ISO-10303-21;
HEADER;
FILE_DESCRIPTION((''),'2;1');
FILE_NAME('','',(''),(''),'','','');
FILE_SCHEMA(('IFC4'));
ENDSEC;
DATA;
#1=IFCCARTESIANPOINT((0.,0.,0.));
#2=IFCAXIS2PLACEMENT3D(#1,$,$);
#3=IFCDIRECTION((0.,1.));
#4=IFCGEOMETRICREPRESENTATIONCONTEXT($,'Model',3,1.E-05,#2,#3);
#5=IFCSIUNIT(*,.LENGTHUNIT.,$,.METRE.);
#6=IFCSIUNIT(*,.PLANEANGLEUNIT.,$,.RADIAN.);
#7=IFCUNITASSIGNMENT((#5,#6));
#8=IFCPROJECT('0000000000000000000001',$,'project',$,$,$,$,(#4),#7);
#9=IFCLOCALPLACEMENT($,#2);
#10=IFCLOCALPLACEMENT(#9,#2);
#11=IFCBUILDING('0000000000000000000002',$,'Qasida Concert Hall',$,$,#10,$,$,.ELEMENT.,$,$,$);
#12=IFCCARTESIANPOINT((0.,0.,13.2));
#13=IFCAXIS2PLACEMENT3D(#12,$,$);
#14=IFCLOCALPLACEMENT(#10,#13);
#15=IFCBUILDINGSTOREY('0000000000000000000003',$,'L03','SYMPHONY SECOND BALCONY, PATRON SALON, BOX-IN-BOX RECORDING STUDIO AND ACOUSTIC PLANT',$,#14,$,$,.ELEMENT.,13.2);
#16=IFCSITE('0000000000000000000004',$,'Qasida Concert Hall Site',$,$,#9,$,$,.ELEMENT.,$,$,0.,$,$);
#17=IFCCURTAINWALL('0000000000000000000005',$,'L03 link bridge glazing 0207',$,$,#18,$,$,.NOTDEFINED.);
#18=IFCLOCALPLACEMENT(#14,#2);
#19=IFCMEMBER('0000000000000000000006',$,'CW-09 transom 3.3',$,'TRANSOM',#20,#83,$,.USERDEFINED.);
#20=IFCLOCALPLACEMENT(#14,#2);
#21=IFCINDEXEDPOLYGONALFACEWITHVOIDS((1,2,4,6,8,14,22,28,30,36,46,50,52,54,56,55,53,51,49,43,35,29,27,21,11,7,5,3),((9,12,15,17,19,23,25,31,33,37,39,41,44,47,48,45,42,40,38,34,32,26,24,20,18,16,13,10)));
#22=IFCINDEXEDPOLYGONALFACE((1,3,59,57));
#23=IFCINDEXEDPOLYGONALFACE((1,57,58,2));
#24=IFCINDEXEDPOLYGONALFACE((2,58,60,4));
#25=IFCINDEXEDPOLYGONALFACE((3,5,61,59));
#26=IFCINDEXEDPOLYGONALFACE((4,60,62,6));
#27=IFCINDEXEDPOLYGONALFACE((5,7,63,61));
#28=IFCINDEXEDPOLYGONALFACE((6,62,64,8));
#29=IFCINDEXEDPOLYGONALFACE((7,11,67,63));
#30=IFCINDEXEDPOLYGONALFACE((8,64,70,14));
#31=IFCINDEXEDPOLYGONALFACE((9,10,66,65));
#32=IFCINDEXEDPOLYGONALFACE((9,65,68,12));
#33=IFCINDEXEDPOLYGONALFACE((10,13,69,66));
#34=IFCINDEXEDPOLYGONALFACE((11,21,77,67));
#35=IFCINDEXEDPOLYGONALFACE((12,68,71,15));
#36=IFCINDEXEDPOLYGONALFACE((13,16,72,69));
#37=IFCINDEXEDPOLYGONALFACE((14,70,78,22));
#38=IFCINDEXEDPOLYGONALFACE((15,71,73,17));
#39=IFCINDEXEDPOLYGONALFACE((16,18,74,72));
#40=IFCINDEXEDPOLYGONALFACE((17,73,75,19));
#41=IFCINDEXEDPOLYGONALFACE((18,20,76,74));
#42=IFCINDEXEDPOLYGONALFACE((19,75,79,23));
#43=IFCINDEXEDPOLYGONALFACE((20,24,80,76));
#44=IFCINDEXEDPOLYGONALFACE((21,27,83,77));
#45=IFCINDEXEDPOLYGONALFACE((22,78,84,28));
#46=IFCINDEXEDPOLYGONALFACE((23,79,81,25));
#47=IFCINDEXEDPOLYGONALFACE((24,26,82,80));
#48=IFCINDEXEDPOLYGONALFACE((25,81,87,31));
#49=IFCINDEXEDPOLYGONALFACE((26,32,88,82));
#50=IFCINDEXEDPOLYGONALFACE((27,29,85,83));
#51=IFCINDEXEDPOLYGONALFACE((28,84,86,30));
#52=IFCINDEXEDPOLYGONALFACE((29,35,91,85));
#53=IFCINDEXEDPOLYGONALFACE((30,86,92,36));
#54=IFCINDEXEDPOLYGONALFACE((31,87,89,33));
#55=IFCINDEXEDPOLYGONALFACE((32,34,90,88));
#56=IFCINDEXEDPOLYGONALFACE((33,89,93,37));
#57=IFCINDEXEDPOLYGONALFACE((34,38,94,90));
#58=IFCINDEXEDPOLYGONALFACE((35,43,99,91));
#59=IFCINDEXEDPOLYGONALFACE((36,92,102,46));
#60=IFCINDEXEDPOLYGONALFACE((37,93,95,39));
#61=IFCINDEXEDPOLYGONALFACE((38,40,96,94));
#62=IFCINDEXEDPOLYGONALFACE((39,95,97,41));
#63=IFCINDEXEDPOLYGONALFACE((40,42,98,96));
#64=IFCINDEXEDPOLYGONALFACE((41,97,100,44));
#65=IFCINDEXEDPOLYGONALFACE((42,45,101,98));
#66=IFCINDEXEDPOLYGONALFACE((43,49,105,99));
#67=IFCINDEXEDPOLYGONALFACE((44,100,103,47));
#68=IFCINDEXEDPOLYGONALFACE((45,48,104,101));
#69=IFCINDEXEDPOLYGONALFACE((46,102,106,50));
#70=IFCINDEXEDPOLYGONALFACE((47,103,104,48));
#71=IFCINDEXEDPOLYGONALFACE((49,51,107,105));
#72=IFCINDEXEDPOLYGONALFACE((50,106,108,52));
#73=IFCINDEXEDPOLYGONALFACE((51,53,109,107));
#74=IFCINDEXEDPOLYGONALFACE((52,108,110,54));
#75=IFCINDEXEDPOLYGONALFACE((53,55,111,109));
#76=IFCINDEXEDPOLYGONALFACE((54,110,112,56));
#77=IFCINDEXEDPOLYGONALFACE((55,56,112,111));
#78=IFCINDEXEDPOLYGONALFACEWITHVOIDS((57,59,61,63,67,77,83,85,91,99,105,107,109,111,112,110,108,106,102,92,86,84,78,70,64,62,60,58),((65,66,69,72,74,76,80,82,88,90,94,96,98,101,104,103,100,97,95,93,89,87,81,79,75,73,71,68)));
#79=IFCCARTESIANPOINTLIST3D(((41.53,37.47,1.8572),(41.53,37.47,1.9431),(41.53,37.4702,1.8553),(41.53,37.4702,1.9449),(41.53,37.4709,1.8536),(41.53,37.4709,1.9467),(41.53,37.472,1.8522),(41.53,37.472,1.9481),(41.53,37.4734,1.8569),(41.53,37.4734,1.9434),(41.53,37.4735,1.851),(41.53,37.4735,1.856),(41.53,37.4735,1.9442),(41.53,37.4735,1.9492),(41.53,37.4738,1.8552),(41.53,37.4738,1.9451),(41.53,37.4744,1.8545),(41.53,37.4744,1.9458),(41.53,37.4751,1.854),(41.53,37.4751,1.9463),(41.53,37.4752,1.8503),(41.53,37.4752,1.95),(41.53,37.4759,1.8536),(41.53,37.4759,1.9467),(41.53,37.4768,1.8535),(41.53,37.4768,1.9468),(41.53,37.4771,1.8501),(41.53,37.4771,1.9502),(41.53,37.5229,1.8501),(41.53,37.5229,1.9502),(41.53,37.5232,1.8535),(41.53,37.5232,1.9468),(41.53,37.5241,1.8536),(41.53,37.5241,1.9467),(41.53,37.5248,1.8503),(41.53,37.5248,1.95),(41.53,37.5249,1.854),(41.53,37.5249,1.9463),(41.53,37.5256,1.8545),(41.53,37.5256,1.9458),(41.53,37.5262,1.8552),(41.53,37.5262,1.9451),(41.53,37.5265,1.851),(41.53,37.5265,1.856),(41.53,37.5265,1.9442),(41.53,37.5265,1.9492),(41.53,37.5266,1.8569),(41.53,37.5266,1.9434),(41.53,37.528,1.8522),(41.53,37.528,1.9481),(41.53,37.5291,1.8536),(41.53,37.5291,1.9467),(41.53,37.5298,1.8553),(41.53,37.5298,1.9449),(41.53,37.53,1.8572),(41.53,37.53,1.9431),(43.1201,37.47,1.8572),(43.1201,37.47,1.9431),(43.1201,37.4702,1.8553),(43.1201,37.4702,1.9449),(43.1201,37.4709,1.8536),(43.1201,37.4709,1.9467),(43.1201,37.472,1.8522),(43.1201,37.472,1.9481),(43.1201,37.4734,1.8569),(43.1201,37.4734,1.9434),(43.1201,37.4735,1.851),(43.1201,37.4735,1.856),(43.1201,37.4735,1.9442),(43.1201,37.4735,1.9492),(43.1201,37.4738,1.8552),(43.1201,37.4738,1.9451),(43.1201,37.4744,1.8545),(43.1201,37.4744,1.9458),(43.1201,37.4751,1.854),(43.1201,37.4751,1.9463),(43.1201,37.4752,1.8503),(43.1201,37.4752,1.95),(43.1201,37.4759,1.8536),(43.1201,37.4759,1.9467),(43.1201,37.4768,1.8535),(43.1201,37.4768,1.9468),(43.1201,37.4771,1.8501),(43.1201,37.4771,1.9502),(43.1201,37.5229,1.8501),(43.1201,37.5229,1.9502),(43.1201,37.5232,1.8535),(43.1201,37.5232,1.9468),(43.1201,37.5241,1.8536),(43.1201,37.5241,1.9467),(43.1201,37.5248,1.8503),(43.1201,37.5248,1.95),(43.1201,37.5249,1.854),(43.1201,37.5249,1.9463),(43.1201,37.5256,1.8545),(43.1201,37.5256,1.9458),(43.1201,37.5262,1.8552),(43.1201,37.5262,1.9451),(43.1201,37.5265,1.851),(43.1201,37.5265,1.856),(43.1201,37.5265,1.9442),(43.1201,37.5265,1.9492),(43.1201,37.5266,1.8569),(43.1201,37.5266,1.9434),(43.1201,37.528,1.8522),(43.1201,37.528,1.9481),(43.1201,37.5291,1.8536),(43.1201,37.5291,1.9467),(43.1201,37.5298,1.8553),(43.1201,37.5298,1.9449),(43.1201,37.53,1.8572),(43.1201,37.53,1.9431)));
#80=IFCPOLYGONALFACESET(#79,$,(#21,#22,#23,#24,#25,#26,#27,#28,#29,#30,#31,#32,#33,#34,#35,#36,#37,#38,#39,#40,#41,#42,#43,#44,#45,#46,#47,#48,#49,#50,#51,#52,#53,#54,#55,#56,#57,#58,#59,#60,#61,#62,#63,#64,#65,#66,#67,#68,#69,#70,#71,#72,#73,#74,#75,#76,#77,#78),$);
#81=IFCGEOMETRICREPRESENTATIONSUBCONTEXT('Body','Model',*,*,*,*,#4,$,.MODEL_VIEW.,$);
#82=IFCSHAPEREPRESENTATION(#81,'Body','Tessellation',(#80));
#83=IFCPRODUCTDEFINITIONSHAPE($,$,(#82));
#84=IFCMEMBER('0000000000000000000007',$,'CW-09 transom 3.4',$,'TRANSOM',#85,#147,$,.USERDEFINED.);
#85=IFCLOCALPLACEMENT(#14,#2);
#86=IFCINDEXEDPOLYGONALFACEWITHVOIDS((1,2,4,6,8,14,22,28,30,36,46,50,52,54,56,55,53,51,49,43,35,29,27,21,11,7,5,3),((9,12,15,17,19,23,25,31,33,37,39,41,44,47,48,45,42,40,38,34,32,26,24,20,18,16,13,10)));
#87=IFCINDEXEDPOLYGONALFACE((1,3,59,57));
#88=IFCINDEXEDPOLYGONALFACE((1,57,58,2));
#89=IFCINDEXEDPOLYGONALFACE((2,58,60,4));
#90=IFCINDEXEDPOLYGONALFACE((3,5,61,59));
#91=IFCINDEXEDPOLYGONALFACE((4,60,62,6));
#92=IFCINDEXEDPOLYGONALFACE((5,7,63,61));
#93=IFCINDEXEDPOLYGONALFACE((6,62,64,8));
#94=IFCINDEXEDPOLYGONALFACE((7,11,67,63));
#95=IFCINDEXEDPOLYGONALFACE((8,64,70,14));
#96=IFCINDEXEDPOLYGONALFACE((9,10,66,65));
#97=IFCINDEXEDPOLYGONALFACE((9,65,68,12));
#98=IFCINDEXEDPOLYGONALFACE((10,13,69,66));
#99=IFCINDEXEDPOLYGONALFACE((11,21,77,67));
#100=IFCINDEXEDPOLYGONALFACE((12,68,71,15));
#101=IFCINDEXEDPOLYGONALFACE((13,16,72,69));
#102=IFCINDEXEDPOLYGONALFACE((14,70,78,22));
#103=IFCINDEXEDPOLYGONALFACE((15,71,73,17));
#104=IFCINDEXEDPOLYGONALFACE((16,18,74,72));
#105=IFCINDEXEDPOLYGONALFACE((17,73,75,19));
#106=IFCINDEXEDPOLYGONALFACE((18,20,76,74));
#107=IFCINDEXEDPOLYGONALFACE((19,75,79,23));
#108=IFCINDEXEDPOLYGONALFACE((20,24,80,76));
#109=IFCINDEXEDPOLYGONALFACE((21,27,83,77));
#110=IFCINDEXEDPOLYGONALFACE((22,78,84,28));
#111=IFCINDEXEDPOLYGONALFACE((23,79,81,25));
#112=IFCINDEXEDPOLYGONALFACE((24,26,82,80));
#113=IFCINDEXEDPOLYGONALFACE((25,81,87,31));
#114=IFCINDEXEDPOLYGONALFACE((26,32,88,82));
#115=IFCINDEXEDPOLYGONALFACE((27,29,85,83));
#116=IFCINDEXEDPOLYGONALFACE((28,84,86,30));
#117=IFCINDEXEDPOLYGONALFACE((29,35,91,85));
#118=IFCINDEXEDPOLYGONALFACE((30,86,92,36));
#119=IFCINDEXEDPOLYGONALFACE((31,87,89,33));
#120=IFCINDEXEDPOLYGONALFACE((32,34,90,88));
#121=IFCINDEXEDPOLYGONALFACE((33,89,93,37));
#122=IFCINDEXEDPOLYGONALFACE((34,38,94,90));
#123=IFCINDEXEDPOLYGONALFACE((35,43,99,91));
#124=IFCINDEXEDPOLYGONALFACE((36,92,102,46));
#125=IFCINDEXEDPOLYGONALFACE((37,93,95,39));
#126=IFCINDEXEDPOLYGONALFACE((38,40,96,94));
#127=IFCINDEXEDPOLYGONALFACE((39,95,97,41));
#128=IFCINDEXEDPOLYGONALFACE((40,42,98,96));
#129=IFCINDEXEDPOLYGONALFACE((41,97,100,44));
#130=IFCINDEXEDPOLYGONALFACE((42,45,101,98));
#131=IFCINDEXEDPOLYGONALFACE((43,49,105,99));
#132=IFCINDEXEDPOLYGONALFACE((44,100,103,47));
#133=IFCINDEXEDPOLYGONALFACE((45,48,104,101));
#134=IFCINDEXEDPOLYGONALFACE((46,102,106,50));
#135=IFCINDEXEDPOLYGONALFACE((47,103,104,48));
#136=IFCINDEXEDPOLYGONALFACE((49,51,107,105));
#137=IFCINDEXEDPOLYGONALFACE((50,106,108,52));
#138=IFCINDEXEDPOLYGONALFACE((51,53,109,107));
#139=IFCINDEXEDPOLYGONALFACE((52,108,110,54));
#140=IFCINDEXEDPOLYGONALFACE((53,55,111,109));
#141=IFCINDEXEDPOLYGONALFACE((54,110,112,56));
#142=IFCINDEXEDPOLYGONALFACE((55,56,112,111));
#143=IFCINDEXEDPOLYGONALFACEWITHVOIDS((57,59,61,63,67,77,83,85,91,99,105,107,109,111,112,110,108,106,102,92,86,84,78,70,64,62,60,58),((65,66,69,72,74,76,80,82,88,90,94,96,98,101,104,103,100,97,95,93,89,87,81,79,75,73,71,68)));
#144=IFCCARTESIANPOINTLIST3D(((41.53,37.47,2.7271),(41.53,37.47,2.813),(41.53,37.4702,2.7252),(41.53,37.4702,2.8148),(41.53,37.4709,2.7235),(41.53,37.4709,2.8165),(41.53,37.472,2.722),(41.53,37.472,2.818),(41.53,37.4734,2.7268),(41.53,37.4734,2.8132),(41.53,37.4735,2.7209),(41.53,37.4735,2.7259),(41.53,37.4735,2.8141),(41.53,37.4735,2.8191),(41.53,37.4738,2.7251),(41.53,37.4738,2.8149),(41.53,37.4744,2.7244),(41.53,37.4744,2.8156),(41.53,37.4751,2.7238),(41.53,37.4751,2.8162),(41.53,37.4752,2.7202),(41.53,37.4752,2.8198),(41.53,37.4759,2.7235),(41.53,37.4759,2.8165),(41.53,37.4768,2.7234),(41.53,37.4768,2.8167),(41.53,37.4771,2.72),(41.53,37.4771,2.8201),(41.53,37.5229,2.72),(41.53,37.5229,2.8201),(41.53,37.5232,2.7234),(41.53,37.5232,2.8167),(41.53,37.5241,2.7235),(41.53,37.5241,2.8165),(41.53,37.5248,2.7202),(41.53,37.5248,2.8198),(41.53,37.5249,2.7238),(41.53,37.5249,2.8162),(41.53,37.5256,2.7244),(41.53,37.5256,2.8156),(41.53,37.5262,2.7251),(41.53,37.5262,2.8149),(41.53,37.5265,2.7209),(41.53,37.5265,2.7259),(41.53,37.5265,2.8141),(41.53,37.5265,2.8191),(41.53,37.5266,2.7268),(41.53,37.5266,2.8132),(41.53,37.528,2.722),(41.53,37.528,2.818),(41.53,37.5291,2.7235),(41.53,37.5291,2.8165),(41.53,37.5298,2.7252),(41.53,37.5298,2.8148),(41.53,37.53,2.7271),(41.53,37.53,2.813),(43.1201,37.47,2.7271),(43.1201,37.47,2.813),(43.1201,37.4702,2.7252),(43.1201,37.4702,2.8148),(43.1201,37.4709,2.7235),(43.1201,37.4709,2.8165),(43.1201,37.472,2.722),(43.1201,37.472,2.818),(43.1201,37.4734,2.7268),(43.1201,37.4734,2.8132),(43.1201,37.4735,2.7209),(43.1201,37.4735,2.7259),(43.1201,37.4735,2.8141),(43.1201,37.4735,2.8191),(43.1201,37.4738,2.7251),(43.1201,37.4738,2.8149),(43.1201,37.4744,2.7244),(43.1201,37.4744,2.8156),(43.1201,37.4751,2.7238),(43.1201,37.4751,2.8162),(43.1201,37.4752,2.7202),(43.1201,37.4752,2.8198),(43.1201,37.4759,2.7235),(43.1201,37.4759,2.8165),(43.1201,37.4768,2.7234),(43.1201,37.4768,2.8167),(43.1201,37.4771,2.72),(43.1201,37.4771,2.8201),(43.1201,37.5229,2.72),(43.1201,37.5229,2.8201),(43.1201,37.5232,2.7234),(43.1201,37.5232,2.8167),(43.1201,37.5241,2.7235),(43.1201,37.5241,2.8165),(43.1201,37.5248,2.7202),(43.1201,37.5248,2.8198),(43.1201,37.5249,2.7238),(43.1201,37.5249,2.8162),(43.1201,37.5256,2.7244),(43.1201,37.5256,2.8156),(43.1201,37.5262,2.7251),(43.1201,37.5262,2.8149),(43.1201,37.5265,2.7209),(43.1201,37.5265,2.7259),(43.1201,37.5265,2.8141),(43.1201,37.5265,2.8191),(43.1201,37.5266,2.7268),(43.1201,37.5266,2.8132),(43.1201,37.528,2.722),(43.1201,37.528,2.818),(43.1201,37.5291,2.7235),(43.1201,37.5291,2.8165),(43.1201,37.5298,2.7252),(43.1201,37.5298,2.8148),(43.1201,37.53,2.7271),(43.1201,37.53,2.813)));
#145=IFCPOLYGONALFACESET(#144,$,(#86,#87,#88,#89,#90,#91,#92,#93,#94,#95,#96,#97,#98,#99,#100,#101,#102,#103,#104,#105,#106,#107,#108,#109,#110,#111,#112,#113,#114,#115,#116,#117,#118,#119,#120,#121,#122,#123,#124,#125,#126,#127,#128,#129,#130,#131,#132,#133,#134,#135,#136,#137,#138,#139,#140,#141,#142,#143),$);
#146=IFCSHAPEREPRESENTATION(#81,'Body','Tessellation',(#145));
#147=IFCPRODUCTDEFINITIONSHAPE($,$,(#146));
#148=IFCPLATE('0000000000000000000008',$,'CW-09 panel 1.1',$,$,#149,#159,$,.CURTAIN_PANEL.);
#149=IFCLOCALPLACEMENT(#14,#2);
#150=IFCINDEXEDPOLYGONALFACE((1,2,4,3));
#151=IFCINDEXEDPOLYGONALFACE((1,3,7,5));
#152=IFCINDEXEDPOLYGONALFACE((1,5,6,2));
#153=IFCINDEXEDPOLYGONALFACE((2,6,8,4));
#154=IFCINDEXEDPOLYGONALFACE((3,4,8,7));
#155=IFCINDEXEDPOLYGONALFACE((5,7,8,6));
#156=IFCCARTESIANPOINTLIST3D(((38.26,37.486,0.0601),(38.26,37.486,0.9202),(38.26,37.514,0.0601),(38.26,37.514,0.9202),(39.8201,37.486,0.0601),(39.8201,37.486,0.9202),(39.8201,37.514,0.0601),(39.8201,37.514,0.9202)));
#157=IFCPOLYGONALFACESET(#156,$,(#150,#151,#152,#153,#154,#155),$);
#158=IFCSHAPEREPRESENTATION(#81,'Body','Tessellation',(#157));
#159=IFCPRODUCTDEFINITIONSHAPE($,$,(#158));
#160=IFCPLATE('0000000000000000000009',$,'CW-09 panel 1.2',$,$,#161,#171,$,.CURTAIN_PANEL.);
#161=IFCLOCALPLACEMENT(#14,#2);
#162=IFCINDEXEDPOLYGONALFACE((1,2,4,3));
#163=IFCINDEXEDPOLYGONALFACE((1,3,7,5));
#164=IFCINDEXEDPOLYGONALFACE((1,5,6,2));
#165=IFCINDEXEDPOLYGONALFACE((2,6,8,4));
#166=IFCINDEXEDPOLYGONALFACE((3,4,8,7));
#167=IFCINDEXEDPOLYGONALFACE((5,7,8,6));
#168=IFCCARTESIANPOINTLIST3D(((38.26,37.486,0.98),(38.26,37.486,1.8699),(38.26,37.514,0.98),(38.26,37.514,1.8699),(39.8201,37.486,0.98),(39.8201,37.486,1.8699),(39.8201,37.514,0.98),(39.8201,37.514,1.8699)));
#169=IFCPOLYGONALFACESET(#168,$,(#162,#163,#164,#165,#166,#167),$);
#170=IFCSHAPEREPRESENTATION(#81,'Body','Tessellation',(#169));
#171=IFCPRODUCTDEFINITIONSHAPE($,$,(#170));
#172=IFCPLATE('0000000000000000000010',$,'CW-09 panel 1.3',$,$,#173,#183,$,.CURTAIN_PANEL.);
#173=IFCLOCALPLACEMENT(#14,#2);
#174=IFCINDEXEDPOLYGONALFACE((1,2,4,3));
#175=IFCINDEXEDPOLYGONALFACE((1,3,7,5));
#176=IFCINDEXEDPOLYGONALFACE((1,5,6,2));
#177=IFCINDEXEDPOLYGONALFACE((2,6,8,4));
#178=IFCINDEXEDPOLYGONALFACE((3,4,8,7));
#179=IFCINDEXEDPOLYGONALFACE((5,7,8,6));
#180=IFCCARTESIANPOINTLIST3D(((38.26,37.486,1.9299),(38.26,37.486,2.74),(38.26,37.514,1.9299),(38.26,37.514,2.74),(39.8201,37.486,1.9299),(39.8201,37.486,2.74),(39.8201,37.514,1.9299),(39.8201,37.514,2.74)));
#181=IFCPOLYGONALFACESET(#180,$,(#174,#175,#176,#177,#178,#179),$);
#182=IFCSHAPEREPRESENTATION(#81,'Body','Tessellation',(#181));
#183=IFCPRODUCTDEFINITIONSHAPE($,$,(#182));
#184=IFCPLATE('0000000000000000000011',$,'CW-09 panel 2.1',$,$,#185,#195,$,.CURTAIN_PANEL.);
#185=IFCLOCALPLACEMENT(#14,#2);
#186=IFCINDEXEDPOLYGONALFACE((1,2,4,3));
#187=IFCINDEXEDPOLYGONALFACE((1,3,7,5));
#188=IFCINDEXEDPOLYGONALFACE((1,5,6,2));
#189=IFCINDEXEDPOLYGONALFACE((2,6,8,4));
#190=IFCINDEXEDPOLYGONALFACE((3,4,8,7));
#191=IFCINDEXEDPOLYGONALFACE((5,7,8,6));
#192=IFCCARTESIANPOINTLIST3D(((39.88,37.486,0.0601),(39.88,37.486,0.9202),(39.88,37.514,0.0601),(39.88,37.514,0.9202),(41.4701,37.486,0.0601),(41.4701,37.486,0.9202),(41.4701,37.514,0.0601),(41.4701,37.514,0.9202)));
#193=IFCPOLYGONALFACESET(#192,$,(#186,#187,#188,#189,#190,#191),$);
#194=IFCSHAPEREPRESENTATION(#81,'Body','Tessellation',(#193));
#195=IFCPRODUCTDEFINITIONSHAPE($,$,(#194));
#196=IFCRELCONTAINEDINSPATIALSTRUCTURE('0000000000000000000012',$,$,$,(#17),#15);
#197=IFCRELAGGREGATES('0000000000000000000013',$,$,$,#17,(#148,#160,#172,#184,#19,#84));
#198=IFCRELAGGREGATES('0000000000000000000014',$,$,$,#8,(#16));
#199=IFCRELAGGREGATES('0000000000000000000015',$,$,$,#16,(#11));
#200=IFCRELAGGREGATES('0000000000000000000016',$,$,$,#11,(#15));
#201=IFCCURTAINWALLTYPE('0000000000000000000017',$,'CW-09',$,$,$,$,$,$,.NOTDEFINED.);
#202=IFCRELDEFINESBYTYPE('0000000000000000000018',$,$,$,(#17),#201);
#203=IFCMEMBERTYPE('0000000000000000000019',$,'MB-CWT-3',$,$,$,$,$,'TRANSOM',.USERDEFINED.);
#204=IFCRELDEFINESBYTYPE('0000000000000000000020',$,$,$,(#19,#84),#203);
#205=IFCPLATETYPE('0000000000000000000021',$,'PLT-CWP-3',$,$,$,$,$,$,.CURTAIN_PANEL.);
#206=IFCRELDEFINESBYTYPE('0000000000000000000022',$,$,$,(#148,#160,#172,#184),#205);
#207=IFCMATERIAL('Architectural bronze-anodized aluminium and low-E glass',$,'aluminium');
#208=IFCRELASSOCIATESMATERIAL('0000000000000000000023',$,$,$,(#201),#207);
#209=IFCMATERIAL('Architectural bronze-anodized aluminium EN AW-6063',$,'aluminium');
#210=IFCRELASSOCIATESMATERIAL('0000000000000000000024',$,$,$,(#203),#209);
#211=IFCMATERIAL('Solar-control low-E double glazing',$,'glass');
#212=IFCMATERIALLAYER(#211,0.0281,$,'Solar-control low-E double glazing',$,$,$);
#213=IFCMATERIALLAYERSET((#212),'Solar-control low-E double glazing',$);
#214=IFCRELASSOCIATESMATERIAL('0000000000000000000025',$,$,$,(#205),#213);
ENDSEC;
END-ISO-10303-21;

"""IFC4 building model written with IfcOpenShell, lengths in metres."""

from ifc_helpers import new_model, si_unit, direction, frame, origin, origin_2d, place, context, subcontext, project, spatial, rectangle, hollow_rectangle, extrude, material, layer, layer_set, material_profile, profile_set, type_object, element, aggregate, save


model = new_model("IFC4")

# Units and contexts
model_context = context("Model", 3, precision=1e-05, world=origin(), true_north=direction((0.0, 1.0)))
body_context = subcontext(model_context, "Body", "Model", "MODEL_VIEW")
ifc_project = project(units=[si_unit("LENGTHUNIT", "METRE"), si_unit("PLANEANGLEUNIT", "RADIAN")], contexts=[model_context])

# Site, building, storey
site_placement = place(None, origin())
site = spatial("IfcSite", under=ifc_project, at=site_placement, Name="Qasida Concert Hall Site", CompositionType="ELEMENT", RefElevation=0.0)
building_placement = place(site_placement, origin())
building = spatial("IfcBuilding", under=site, at=building_placement, Name="Qasida Concert Hall", CompositionType="ELEMENT")
storey_placement = place(building_placement, frame((0.0, 0.0, 13.2)))
storey = spatial("IfcBuildingStorey", under=building, at=storey_placement, Name="L03", Description="SYMPHONY SECOND BALCONY, PATRON SALON, BOX-IN-BOX RECORDING STUDIO AND ACOUSTIC PLANT", CompositionType="ELEMENT", Elevation=13.2)

# Curtain wall, members, plates
ifc_material_1 = material(Name="Architectural bronze-anodized aluminium and low-E glass", Category="aluminium")
curtain_wall_type = type_object("IfcCurtainWallType", Name="CW-09", PredefinedType="NOTDEFINED", material=ifc_material_1)
curtain_wall_placement = place(storey_placement, origin())
curtain_wall = element("IfcCurtainWall", 1, at=curtain_wall_placement, inside=storey, type_object=curtain_wall_type, Name="L03 link bridge glazing 0207", PredefinedType="NOTDEFINED")
ifc_material_2 = material(Name="Architectural bronze-anodized aluminium EN AW-6063", Category="aluminium")
ifc_material_profile_1 = material_profile(ifc_material_2, hollow_rectangle(XDim=0.0601, YDim=0.1001, WallThickness=0.0034, InnerFilletRadius=0.0034, OuterFilletRadius=0.0071, at=origin_2d()), Name="CWT 100x60x3.5")
ifc_profile_set_1 = profile_set([ifc_material_profile_1], Name="Architectural bronze-anodized aluminium EN AW-6063")
member_type_1 = type_object("IfcMemberType", Name="MB-CWT-3", ElementType="TRANSOM", PredefinedType="USERDEFINED", material=ifc_profile_set_1)
member_1_placement = place(storey_placement, frame((41.53, 37.5, 1.9001), z_axis=(1.0, 0.0, 0.0), x_axis=(0.0, 1.0, 0.0)))
member_1 = element("IfcMember", 2, at=member_1_placement, type_object=member_type_1, Name="CW-09 transom 3.3", ObjectType="TRANSOM", PredefinedType="USERDEFINED", context=body_context, shape_type="SweptSolid", body=[
    extrude(hollow_rectangle(XDim=0.0601, YDim=0.1001, WallThickness=0.0034, InnerFilletRadius=0.0034, OuterFilletRadius=0.0071, at=origin_2d()), origin(), (0.0, 0.0, 1.0), 1.5901),
])
member_2_placement = place(storey_placement, frame((41.53, 37.5, 2.77), z_axis=(1.0, 0.0, 0.0), x_axis=(0.0, 1.0, 0.0)))
member_2 = element("IfcMember", 3, at=member_2_placement, type_object=member_type_1, Name="CW-09 transom 3.4", ObjectType="TRANSOM", PredefinedType="USERDEFINED", context=body_context, shape_type="SweptSolid", body=[
    extrude(hollow_rectangle(XDim=0.0601, YDim=0.1001, WallThickness=0.0034, InnerFilletRadius=0.0034, OuterFilletRadius=0.0071, at=origin_2d()), origin(), (0.0, 0.0, 1.0), 1.5901),
])
ifc_material_3 = material(Name="Solar-control low-E double glazing", Category="glass")
ifc_layer_1 = layer(ifc_material_3, 0.0281, Name="Solar-control low-E double glazing")
ifc_layer_set_1 = layer_set([ifc_layer_1], Name="Solar-control low-E double glazing")
plate_type = type_object("IfcPlateType", Name="PLT-CWP-3", PredefinedType="CURTAIN_PANEL", material=ifc_layer_set_1)
plate_1_placement = place(storey_placement, frame((39.04, 37.5, 0.0601), z_axis=(0.0, 0.0, 1.0), x_axis=(1.0, 0.0, 0.0)))
plate_1 = element("IfcPlate", 4, at=plate_1_placement, type_object=plate_type, Name="CW-09 panel 1.1", PredefinedType="CURTAIN_PANEL", context=body_context, shape_type="SweptSolid", body=[
    extrude(rectangle(XDim=1.5601, YDim=0.0281, at=origin_2d()), origin(), (0.0, 0.0, 1.0), 0.8601),
])
plate_2_placement = place(storey_placement, frame((39.04, 37.5, 0.98), z_axis=(0.0, 0.0, 1.0), x_axis=(1.0, 0.0, 0.0)))
plate_2 = element("IfcPlate", 5, at=plate_2_placement, type_object=plate_type, Name="CW-09 panel 1.2", PredefinedType="CURTAIN_PANEL", context=body_context, shape_type="SweptSolid", body=[
    extrude(rectangle(XDim=1.5601, YDim=0.0281, at=origin_2d()), origin(), (0.0, 0.0, 1.0), 0.8899),
])
plate_3_placement = place(storey_placement, frame((39.04, 37.5, 1.9299), z_axis=(0.0, 0.0, 1.0), x_axis=(1.0, 0.0, 0.0)))
plate_3 = element("IfcPlate", 6, at=plate_3_placement, type_object=plate_type, Name="CW-09 panel 1.3", PredefinedType="CURTAIN_PANEL", context=body_context, shape_type="SweptSolid", body=[
    extrude(rectangle(XDim=1.5601, YDim=0.0281, at=origin_2d()), origin(), (0.0, 0.0, 1.0), 0.8101),
])
plate_4_placement = place(storey_placement, frame((40.675, 37.5, 0.0601), z_axis=(0.0, 0.0, 1.0), x_axis=(1.0, 0.0, 0.0)))
plate_4 = element("IfcPlate", 7, at=plate_4_placement, type_object=plate_type, Name="CW-09 panel 2.1", PredefinedType="CURTAIN_PANEL", context=body_context, shape_type="SweptSolid", body=[
    extrude(rectangle(XDim=1.5901, YDim=0.0281, at=origin_2d()), origin(), (0.0, 0.0, 1.0), 0.8601),
])
aggregate(curtain_wall, [plate_1, plate_2, plate_3, plate_4, member_1, member_2])

save(model, "model.ifc")
